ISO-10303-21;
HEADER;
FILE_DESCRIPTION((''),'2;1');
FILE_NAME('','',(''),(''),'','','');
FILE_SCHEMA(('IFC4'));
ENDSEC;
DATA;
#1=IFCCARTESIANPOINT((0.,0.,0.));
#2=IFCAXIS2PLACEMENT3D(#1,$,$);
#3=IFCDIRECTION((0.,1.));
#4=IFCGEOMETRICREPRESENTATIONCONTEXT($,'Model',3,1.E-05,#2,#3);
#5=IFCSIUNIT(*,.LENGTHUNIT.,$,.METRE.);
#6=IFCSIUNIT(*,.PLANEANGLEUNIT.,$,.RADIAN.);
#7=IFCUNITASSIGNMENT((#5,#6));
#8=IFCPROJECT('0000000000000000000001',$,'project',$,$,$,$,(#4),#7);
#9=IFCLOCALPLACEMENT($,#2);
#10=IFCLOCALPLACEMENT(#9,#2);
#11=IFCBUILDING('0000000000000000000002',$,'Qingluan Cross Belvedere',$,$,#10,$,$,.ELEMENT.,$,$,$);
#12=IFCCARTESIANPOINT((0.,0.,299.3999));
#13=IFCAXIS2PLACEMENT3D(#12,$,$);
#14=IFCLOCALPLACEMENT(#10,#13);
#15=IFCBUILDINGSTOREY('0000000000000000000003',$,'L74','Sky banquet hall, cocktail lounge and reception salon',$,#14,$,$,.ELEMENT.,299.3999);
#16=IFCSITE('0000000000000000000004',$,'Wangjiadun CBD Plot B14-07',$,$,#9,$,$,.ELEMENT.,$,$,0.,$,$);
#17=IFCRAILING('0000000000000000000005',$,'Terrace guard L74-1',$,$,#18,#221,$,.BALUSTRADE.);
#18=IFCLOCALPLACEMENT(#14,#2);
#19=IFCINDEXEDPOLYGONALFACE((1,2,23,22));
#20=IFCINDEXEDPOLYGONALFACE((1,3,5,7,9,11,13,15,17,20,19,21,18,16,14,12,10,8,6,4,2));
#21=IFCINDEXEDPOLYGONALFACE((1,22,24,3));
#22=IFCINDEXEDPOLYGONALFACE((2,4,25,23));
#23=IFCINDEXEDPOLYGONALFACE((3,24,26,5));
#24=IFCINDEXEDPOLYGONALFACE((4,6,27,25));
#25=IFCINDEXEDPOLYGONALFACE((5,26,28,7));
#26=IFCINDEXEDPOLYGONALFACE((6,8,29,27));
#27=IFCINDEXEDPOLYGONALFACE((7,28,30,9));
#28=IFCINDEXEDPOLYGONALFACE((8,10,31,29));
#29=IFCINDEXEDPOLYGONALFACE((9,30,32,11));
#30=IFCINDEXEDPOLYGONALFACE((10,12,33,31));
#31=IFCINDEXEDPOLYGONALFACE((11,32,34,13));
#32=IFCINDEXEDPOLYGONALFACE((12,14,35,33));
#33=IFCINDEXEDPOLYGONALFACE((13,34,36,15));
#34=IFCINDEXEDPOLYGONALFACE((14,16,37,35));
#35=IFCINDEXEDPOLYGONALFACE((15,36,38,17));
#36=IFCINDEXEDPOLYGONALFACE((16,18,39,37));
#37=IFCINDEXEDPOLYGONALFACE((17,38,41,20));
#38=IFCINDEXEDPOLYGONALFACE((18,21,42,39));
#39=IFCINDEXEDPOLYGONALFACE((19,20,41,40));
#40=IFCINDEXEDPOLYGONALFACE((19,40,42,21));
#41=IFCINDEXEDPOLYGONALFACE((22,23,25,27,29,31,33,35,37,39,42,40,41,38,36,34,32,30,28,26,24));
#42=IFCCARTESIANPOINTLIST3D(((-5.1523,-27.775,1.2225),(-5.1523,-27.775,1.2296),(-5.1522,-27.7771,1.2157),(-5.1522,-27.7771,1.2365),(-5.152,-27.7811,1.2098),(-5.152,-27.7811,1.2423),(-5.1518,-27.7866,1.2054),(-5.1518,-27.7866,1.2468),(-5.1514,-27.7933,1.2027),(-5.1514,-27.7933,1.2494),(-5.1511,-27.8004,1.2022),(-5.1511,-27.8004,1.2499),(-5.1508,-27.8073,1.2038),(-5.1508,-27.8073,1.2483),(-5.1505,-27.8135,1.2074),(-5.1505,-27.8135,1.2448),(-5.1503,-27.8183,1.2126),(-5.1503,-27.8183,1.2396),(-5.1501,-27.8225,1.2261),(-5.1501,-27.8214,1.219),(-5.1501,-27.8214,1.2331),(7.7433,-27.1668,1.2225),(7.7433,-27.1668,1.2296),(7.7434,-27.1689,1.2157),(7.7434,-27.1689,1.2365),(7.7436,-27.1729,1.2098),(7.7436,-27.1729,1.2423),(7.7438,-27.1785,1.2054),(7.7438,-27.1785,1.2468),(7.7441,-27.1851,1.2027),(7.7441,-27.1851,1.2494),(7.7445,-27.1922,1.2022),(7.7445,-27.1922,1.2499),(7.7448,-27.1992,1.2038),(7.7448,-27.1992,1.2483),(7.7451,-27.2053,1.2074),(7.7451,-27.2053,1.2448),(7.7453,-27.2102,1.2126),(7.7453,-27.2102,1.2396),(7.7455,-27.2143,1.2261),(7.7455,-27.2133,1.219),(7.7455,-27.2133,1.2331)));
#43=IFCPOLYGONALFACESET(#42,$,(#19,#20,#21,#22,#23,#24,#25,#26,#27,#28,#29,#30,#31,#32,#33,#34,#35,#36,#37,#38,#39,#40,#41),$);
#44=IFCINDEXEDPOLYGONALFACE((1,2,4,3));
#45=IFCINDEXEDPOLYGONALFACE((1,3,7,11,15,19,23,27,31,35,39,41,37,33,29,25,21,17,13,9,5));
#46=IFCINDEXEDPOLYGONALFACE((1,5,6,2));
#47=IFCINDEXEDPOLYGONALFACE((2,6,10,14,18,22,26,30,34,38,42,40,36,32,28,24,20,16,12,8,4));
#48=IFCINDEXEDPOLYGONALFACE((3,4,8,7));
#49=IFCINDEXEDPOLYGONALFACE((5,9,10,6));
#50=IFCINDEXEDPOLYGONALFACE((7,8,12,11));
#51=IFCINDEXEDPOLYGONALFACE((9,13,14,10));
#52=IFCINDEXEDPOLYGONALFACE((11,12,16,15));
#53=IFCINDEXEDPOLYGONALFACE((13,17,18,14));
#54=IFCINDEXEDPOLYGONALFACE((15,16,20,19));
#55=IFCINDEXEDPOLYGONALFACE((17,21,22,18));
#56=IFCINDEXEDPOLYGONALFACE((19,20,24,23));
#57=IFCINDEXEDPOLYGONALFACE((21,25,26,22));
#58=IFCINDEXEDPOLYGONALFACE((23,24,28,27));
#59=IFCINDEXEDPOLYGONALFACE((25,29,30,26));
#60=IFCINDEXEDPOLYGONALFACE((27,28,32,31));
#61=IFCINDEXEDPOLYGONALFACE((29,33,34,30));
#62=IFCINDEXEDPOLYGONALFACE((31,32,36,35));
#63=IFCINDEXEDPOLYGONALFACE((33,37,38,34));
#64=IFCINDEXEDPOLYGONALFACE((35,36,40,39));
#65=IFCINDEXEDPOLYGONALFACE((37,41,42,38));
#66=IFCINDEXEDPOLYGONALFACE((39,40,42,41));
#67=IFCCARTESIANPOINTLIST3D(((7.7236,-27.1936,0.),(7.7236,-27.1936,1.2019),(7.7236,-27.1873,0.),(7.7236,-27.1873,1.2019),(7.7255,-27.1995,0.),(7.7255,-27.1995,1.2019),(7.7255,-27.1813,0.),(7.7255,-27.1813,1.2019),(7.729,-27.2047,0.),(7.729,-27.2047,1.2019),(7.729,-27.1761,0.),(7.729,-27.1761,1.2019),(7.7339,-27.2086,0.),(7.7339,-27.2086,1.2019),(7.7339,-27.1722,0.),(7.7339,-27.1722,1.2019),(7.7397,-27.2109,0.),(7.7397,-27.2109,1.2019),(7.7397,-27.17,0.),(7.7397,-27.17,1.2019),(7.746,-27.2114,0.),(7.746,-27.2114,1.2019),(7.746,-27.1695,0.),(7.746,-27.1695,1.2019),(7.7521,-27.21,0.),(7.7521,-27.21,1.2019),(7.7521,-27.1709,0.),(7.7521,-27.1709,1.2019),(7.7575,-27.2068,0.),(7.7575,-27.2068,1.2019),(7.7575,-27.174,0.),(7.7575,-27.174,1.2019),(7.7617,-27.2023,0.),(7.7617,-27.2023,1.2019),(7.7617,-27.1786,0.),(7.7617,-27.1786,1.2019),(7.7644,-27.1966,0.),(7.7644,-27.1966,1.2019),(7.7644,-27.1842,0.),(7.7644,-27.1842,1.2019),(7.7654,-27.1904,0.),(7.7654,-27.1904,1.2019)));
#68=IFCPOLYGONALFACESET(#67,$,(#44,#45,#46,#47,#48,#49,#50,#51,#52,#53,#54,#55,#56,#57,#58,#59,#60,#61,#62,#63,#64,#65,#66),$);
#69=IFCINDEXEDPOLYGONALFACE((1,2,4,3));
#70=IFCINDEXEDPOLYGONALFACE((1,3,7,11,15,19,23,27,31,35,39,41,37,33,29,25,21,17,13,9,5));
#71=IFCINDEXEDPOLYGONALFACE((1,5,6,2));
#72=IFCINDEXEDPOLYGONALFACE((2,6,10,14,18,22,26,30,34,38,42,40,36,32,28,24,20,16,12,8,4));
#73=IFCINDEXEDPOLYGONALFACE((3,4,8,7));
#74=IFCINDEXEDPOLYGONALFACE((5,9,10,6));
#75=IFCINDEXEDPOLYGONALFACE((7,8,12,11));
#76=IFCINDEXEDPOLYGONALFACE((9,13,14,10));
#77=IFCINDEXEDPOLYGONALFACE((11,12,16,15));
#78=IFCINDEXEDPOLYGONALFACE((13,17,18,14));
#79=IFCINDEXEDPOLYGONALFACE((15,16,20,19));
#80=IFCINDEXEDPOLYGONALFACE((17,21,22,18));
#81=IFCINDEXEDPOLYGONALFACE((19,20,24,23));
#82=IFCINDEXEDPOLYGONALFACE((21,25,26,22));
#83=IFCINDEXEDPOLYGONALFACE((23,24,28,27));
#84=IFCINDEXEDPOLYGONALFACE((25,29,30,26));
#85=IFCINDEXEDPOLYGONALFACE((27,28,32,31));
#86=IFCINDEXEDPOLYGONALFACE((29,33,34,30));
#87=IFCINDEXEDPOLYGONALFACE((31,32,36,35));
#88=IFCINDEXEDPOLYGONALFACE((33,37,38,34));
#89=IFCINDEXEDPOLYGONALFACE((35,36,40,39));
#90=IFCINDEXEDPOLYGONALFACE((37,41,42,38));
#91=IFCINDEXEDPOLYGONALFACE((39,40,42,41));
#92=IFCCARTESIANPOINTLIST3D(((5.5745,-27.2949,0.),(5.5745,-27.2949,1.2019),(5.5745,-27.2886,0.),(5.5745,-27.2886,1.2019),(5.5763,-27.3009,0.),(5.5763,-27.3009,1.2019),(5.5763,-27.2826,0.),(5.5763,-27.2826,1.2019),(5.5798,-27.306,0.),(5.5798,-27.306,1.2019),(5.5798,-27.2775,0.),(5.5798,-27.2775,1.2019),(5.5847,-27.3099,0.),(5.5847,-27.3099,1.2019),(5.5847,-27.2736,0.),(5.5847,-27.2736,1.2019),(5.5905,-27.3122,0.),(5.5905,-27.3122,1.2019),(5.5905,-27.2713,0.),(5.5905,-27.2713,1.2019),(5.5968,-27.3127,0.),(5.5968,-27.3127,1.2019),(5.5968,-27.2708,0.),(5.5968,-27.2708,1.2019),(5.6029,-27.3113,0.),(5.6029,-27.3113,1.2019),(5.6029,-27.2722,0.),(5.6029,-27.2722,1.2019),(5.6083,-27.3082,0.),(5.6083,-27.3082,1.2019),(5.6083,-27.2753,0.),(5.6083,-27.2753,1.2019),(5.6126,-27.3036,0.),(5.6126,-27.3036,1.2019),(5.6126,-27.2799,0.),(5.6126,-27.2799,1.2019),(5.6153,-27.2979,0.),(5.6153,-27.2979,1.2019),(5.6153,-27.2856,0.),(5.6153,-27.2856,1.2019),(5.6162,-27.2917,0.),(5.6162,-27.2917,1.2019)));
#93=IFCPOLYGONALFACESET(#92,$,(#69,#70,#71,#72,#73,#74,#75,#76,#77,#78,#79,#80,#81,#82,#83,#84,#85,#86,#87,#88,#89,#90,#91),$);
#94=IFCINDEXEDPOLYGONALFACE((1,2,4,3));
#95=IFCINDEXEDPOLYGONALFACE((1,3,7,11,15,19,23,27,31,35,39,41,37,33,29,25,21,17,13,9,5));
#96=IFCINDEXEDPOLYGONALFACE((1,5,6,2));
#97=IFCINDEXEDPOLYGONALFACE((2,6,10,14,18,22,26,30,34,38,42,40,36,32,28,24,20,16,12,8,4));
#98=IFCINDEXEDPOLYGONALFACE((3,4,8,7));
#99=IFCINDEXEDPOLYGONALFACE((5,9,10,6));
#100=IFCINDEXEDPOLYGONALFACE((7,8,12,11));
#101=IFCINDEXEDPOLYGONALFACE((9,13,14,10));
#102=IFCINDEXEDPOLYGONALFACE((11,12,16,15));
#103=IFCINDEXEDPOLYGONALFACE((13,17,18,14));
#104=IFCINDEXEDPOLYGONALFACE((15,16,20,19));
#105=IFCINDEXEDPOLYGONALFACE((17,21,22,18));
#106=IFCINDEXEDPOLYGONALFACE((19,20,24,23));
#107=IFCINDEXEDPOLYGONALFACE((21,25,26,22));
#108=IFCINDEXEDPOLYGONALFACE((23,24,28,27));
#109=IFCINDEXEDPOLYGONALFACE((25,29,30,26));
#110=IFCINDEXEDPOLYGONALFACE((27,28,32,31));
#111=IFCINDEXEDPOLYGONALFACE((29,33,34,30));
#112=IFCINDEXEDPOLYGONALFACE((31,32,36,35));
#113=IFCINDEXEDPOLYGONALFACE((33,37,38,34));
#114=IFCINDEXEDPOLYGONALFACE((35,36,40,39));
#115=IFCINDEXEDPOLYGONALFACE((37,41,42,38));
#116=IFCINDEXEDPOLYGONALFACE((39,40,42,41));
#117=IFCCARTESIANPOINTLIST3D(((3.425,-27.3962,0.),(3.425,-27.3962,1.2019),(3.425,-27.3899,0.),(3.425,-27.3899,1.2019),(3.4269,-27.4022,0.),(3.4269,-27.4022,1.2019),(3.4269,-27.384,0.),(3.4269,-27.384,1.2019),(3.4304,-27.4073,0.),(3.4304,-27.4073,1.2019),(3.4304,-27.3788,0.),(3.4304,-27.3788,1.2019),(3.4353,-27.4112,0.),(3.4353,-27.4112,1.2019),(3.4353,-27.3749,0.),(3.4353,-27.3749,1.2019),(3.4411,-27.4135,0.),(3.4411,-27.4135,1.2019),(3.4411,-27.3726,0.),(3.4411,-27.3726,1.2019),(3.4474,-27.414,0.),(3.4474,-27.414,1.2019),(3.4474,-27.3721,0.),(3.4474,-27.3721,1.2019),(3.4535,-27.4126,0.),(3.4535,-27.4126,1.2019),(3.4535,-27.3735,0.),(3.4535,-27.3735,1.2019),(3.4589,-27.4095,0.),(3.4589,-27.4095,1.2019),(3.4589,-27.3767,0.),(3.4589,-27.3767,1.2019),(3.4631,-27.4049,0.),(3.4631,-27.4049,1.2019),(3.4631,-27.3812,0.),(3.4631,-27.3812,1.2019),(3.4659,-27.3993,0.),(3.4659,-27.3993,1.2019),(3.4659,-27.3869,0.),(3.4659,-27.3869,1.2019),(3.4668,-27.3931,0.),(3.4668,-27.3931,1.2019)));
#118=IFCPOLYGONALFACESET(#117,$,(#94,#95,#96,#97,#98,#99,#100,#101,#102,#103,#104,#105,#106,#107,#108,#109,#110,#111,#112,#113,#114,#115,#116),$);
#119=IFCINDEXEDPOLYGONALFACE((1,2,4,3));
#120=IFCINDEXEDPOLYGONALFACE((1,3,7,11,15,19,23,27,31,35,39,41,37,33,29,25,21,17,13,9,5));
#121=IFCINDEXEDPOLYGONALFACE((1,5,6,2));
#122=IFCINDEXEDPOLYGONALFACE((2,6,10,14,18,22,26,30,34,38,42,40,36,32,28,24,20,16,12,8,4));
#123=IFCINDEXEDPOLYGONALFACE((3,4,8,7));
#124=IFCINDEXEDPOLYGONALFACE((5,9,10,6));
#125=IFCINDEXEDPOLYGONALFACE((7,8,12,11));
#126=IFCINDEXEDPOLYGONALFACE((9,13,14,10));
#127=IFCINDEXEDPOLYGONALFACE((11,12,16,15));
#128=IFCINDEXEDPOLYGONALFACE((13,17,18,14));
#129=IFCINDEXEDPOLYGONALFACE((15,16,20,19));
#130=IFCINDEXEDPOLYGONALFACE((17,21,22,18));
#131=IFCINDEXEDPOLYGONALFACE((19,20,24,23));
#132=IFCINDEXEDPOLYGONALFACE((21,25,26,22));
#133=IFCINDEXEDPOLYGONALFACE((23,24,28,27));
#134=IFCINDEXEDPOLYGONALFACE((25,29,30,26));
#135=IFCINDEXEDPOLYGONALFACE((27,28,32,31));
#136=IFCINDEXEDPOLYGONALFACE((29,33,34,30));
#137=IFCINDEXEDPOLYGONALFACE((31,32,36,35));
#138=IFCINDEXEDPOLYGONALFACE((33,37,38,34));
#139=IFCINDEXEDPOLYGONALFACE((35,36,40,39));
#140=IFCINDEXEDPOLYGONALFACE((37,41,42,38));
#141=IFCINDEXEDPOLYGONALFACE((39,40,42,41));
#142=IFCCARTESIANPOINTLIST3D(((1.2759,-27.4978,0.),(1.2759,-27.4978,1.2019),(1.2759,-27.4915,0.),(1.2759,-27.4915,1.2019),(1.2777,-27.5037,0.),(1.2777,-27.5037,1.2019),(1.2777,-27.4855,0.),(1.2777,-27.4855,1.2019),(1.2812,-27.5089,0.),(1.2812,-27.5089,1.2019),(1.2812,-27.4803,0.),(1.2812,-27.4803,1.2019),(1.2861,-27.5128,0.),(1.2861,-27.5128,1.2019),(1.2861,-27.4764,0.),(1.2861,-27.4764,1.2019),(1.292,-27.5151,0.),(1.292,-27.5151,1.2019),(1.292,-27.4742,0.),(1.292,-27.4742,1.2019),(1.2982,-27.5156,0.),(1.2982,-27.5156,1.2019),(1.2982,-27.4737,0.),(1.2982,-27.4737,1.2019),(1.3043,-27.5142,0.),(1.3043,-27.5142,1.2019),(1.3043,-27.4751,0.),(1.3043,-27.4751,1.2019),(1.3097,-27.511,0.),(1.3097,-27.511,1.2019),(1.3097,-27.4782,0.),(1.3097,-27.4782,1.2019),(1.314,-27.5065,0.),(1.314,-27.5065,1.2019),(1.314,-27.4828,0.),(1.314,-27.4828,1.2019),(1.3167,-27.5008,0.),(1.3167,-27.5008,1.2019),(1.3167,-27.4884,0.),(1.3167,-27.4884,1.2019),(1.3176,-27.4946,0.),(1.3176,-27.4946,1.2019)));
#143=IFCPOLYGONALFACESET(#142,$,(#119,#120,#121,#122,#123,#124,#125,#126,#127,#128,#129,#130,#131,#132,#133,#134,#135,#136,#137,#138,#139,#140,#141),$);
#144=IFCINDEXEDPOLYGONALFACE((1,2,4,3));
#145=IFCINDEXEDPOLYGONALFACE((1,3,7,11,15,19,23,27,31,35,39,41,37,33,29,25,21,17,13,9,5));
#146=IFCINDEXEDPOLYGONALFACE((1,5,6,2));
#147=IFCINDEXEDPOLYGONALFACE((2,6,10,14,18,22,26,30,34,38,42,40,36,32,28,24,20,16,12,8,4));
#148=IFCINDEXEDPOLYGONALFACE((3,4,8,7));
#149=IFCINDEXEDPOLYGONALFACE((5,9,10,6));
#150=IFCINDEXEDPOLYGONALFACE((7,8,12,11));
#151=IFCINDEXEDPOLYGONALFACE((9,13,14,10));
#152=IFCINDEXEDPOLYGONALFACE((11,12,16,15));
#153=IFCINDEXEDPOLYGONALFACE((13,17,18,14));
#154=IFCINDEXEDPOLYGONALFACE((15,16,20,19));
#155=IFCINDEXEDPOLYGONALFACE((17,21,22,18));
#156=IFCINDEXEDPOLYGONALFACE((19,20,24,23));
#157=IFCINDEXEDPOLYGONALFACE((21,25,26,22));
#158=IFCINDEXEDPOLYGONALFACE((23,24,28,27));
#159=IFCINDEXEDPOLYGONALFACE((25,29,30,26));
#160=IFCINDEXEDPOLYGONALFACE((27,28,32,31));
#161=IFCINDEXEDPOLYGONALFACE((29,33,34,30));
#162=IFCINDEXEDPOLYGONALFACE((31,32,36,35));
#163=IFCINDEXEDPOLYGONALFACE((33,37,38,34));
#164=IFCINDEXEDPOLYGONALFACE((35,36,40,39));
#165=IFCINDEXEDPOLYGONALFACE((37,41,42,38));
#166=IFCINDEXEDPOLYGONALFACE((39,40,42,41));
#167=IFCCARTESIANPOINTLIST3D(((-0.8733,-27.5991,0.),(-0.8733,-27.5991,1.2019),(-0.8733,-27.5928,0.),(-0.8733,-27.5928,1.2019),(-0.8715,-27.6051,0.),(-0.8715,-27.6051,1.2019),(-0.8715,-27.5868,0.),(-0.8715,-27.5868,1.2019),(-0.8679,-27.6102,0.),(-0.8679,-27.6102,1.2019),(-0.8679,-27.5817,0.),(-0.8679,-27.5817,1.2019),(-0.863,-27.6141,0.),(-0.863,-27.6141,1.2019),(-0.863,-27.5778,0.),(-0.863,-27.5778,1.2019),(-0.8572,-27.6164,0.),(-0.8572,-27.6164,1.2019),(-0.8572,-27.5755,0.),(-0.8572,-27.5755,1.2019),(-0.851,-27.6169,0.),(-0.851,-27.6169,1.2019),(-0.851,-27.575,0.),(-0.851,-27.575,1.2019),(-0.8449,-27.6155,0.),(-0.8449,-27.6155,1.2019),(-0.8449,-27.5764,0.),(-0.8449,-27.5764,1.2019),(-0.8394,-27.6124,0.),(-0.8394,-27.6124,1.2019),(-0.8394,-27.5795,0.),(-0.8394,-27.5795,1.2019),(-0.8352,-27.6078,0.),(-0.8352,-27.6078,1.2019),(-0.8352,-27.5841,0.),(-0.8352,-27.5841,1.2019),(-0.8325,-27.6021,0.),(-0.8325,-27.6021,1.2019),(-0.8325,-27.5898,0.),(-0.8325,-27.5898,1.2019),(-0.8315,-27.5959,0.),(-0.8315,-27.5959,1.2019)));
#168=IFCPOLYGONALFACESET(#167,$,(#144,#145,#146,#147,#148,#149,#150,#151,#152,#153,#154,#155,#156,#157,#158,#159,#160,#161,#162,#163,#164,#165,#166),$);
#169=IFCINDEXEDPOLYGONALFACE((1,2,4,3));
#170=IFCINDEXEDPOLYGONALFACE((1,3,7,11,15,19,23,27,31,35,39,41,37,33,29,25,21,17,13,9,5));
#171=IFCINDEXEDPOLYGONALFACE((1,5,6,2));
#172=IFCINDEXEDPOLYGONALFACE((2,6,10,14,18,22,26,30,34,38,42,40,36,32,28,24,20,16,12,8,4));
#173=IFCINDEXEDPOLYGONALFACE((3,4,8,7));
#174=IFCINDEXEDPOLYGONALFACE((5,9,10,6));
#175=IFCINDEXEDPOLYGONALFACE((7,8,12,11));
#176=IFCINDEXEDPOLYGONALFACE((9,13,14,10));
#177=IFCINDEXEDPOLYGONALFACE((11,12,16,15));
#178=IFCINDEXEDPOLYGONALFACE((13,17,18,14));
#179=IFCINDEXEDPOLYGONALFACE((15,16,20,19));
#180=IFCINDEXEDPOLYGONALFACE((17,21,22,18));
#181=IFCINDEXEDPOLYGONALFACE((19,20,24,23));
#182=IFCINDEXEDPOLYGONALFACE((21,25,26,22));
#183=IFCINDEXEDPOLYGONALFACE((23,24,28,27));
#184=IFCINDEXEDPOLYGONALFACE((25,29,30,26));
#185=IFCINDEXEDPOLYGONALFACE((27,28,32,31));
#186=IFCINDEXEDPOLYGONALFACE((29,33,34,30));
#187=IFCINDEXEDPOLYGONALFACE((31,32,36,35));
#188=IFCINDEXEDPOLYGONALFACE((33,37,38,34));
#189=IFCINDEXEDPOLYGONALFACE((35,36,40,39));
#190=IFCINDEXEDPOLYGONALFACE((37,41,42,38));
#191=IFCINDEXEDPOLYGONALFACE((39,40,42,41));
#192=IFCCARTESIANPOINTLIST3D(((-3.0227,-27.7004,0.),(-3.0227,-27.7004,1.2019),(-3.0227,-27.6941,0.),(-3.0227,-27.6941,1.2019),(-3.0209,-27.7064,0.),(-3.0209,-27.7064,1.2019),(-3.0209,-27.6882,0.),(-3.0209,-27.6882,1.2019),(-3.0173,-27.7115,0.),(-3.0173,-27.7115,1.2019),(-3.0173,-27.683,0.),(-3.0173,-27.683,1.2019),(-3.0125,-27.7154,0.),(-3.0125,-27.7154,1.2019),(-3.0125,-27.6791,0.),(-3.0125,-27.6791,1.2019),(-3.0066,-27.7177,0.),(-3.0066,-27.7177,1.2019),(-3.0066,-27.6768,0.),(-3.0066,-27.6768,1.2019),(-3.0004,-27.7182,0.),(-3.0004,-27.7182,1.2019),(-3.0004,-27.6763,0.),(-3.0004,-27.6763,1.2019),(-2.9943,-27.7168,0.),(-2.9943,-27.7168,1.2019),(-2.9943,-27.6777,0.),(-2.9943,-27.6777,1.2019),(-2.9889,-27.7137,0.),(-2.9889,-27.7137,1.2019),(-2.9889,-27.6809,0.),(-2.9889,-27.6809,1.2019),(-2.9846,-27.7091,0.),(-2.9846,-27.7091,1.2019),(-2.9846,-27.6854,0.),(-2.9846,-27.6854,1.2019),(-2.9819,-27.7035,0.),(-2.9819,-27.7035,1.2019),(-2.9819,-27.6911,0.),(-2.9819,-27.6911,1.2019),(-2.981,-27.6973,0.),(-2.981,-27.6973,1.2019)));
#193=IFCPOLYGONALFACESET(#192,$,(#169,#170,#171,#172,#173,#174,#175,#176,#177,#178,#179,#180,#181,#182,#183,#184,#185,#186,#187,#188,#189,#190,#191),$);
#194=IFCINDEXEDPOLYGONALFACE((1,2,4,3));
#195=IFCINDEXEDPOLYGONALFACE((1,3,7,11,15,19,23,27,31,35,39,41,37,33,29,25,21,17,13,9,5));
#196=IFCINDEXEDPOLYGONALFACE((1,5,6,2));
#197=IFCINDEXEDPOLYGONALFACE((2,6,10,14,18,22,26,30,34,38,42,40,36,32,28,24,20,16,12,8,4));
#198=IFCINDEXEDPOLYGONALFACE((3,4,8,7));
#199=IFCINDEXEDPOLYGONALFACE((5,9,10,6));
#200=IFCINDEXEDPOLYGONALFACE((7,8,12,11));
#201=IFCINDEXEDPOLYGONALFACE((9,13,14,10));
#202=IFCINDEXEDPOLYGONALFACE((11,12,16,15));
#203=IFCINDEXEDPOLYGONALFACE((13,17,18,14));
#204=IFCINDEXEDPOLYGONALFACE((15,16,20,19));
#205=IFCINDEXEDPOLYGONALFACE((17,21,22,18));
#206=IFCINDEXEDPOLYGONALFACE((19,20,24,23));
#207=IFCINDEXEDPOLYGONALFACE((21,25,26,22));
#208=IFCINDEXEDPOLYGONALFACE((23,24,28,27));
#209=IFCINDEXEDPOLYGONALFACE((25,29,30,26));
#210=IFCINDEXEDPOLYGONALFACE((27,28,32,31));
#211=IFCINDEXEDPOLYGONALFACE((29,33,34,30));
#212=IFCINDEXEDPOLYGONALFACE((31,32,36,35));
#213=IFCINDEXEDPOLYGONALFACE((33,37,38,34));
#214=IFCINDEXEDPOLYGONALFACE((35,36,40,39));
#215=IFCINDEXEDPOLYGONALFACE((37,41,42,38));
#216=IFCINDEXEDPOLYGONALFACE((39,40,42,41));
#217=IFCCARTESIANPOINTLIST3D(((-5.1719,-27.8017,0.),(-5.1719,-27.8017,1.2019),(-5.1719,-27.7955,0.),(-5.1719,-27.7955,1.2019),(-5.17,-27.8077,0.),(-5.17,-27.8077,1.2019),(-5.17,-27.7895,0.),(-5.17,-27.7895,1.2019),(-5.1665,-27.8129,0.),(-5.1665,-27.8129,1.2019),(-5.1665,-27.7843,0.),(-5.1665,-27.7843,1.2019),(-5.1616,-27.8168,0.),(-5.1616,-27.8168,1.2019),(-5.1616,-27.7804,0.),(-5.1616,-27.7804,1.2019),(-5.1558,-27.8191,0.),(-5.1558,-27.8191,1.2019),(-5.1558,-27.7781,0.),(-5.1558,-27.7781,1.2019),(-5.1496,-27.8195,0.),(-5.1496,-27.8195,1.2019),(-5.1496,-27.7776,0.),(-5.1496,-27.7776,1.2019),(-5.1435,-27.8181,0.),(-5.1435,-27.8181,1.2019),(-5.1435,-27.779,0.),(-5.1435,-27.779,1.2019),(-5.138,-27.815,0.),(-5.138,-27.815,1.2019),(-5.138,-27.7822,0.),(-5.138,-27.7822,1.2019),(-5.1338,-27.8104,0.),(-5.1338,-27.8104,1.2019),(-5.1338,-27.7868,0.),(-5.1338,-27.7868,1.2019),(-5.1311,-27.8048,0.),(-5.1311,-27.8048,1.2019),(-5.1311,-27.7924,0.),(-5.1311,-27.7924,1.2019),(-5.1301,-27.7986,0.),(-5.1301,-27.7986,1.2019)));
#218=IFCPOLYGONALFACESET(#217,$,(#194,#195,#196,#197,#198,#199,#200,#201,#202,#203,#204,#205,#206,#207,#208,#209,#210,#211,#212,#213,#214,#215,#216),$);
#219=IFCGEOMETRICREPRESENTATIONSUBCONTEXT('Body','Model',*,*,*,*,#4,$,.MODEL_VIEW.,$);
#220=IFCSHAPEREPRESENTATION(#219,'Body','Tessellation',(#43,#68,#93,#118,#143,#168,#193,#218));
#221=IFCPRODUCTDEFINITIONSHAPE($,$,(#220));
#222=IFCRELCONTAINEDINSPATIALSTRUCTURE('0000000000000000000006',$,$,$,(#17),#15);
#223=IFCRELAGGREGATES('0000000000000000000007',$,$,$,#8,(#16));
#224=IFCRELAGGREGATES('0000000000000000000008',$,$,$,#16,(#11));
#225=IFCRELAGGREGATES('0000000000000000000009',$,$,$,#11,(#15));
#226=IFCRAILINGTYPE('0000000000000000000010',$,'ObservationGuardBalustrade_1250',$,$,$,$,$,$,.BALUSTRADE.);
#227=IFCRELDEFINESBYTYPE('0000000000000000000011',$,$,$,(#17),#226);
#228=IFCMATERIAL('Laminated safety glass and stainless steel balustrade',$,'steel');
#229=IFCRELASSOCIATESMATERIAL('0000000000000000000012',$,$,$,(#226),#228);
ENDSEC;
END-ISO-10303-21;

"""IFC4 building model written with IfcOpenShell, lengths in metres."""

from ifc_helpers import new_model, si_unit, direction, frame, origin, origin_2d, place, context, subcontext, project, spatial, circle, extrude, material, type_object, element, save


model = new_model("IFC4")

# Units and contexts
model_context = context("Model", 3, precision=1e-05, world=origin(), true_north=direction((0.0, 1.0)))
body_context = subcontext(model_context, "Body", "Model", "MODEL_VIEW")
ifc_project = project(units=[si_unit("LENGTHUNIT", "METRE"), si_unit("PLANEANGLEUNIT", "RADIAN")], contexts=[model_context])

# Site, building, storey
site_placement = place(None, origin())
site = spatial("IfcSite", under=ifc_project, at=site_placement, Name="Wangjiadun CBD Plot B14-07", CompositionType="ELEMENT", RefElevation=0.0)
building_placement = place(site_placement, origin())
building = spatial("IfcBuilding", under=site, at=building_placement, Name="Qingluan Cross Belvedere", CompositionType="ELEMENT")
storey_placement = place(building_placement, frame((0.0, 0.0, 299.3999)))
storey = spatial("IfcBuildingStorey", under=building, at=storey_placement, Name="L74", Description="Sky banquet hall, cocktail lounge and reception salon", CompositionType="ELEMENT", Elevation=299.3999)

# Railing
ifc_material_1 = material(Name="Laminated safety glass and stainless steel balustrade", Category="steel")
railing_type = type_object("IfcRailingType", Name="ObservationGuardBalustrade_1250", PredefinedType="BALUSTRADE", material=ifc_material_1)
railing_placement = place(storey_placement, frame((7.7444, -27.1904, 0.0)))
element("IfcRailing", 1, at=railing_placement, inside=storey, type_object=railing_type, Name="Terrace guard L74-1", PredefinedType="BALUSTRADE", context=body_context, shape_type="SweptSolid", body=[
    extrude(circle(Radius=0.0239, at=origin_2d()), frame((0.0, 0.0, 1.2261), z_axis=(-0.99889, -0.047108, 0.0), x_axis=(0.047108, -0.99889, 0.0)), (0.0, 0.0, 1.0), 12.9099),
    extrude(circle(Radius=0.021, at=origin_2d()), origin(), (0.0, 0.0, 1.0), 1.2019),
    extrude(circle(Radius=0.021, at=origin_2d()), frame((-2.1492, -0.1013, 0.0)), (0.0, 0.0, 1.0), 1.2019),
    extrude(circle(Radius=0.021, at=origin_2d()), frame((-4.2986, -0.2026, 0.0)), (0.0, 0.0, 1.0), 1.2019),
    extrude(circle(Radius=0.021, at=origin_2d()), frame((-6.4478, -0.3042, 0.0)), (0.0, 0.0, 1.0), 1.2019),
    extrude(circle(Radius=0.021, at=origin_2d()), frame((-8.5969, -0.4055, 0.0)), (0.0, 0.0, 1.0), 1.2019),
    extrude(circle(Radius=0.021, at=origin_2d()), frame((-10.7463, -0.5068, 0.0)), (0.0, 0.0, 1.0), 1.2019),
    extrude(circle(Radius=0.021, at=origin_2d()), frame((-12.8955, -0.6082, 0.0)), (0.0, 0.0, 1.0), 1.2019),
])

save(model, "model.ifc")
